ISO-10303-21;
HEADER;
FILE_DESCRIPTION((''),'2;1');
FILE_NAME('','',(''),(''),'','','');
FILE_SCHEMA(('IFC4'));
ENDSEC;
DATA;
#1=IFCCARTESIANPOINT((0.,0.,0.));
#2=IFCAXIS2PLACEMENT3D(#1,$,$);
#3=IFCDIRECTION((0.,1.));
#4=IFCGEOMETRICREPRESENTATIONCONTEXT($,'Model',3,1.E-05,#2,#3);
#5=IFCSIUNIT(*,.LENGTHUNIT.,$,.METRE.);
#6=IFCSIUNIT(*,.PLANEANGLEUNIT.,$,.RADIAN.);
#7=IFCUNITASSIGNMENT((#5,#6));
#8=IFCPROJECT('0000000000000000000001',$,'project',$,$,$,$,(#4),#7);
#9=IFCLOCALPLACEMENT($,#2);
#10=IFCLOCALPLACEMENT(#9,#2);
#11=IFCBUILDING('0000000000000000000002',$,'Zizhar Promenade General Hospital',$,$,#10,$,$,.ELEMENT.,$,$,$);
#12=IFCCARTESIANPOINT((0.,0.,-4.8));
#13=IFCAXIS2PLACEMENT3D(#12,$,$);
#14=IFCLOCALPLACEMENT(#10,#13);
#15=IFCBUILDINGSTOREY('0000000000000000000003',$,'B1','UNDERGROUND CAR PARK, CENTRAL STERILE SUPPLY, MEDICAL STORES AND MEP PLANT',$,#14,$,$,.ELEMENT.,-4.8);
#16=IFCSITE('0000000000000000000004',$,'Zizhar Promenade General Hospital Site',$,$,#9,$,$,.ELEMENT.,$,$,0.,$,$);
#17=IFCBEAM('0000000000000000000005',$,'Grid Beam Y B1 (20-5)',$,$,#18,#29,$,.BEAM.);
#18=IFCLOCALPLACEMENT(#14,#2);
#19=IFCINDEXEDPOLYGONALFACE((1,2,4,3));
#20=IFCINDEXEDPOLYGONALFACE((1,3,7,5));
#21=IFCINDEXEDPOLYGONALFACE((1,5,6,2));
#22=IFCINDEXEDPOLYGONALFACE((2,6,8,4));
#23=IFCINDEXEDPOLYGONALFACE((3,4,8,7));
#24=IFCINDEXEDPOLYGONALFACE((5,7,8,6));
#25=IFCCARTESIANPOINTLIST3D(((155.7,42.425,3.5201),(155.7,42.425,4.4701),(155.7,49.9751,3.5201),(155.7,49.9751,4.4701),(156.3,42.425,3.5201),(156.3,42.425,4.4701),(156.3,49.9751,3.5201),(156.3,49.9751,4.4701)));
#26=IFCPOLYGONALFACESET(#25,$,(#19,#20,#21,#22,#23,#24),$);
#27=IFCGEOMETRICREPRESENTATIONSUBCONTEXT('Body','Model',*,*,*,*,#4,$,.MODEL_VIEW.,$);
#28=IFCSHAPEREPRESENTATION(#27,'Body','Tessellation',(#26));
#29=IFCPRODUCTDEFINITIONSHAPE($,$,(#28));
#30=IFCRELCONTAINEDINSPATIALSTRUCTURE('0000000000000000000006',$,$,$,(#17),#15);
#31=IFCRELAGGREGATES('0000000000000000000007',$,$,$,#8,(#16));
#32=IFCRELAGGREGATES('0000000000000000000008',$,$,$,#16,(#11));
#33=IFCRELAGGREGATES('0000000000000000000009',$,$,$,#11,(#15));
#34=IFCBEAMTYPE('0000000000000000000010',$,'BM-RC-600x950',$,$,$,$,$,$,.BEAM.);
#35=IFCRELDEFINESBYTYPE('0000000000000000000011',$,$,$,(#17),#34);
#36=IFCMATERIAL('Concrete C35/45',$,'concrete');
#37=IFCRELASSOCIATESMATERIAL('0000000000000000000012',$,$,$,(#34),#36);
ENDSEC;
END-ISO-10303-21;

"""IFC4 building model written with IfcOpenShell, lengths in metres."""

from ifc_helpers import new_model, si_unit, direction, frame, origin, origin_2d, place, context, subcontext, project, spatial, rectangle, extrude, material, material_profile, profile_set, type_object, element, save


model = new_model("IFC4")

# Units and contexts
model_context = context("Model", 3, precision=1e-05, world=origin(), true_north=direction((0.0, 1.0)))
body_context = subcontext(model_context, "Body", "Model", "MODEL_VIEW")
ifc_project = project(units=[si_unit("LENGTHUNIT", "METRE"), si_unit("PLANEANGLEUNIT", "RADIAN")], contexts=[model_context])

# Site, building, storey
site_placement = place(None, origin())
site = spatial("IfcSite", under=ifc_project, at=site_placement, Name="Zizhar Promenade General Hospital Site", CompositionType="ELEMENT", RefElevation=0.0)
building_placement = place(site_placement, origin())
building = spatial("IfcBuilding", under=site, at=building_placement, Name="Zizhar Promenade General Hospital", CompositionType="ELEMENT")
storey_placement = place(building_placement, frame((0.0, 0.0, -4.8)))
storey = spatial("IfcBuildingStorey", under=building, at=storey_placement, Name="B1", Description="UNDERGROUND CAR PARK, CENTRAL STERILE SUPPLY, MEDICAL STORES AND MEP PLANT", CompositionType="ELEMENT", Elevation=-4.8)

# Beam
ifc_material_1 = material(Name="Concrete C35/45", Category="concrete")
ifc_material_profile_1 = material_profile(ifc_material_1, rectangle(XDim=0.6001, YDim=0.95, at=origin_2d()))
ifc_profile_set_1 = profile_set([ifc_material_profile_1], Name="Concrete C35/45")
beam_type_1 = type_object("IfcBeamType", Name="BM-RC-600x950", PredefinedType="BEAM", material=ifc_profile_set_1)
beam_placement = place(storey_placement, frame((156.0, 42.425, 3.9951), z_axis=(0.0, 1.0, 0.0), x_axis=(-1.0, 0.0, 0.0)))
element("IfcBeam", 1, at=beam_placement, inside=storey, type_object=beam_type_1, Name="Grid Beam Y B1 (20-5)", PredefinedType="BEAM", context=body_context, shape_type="SweptSolid", body=[
    extrude(rectangle(XDim=0.6001, YDim=0.95, at=origin_2d()), origin(), (0.0, 0.0, 1.0), 7.55),
])

save(model, "model.ifc")
